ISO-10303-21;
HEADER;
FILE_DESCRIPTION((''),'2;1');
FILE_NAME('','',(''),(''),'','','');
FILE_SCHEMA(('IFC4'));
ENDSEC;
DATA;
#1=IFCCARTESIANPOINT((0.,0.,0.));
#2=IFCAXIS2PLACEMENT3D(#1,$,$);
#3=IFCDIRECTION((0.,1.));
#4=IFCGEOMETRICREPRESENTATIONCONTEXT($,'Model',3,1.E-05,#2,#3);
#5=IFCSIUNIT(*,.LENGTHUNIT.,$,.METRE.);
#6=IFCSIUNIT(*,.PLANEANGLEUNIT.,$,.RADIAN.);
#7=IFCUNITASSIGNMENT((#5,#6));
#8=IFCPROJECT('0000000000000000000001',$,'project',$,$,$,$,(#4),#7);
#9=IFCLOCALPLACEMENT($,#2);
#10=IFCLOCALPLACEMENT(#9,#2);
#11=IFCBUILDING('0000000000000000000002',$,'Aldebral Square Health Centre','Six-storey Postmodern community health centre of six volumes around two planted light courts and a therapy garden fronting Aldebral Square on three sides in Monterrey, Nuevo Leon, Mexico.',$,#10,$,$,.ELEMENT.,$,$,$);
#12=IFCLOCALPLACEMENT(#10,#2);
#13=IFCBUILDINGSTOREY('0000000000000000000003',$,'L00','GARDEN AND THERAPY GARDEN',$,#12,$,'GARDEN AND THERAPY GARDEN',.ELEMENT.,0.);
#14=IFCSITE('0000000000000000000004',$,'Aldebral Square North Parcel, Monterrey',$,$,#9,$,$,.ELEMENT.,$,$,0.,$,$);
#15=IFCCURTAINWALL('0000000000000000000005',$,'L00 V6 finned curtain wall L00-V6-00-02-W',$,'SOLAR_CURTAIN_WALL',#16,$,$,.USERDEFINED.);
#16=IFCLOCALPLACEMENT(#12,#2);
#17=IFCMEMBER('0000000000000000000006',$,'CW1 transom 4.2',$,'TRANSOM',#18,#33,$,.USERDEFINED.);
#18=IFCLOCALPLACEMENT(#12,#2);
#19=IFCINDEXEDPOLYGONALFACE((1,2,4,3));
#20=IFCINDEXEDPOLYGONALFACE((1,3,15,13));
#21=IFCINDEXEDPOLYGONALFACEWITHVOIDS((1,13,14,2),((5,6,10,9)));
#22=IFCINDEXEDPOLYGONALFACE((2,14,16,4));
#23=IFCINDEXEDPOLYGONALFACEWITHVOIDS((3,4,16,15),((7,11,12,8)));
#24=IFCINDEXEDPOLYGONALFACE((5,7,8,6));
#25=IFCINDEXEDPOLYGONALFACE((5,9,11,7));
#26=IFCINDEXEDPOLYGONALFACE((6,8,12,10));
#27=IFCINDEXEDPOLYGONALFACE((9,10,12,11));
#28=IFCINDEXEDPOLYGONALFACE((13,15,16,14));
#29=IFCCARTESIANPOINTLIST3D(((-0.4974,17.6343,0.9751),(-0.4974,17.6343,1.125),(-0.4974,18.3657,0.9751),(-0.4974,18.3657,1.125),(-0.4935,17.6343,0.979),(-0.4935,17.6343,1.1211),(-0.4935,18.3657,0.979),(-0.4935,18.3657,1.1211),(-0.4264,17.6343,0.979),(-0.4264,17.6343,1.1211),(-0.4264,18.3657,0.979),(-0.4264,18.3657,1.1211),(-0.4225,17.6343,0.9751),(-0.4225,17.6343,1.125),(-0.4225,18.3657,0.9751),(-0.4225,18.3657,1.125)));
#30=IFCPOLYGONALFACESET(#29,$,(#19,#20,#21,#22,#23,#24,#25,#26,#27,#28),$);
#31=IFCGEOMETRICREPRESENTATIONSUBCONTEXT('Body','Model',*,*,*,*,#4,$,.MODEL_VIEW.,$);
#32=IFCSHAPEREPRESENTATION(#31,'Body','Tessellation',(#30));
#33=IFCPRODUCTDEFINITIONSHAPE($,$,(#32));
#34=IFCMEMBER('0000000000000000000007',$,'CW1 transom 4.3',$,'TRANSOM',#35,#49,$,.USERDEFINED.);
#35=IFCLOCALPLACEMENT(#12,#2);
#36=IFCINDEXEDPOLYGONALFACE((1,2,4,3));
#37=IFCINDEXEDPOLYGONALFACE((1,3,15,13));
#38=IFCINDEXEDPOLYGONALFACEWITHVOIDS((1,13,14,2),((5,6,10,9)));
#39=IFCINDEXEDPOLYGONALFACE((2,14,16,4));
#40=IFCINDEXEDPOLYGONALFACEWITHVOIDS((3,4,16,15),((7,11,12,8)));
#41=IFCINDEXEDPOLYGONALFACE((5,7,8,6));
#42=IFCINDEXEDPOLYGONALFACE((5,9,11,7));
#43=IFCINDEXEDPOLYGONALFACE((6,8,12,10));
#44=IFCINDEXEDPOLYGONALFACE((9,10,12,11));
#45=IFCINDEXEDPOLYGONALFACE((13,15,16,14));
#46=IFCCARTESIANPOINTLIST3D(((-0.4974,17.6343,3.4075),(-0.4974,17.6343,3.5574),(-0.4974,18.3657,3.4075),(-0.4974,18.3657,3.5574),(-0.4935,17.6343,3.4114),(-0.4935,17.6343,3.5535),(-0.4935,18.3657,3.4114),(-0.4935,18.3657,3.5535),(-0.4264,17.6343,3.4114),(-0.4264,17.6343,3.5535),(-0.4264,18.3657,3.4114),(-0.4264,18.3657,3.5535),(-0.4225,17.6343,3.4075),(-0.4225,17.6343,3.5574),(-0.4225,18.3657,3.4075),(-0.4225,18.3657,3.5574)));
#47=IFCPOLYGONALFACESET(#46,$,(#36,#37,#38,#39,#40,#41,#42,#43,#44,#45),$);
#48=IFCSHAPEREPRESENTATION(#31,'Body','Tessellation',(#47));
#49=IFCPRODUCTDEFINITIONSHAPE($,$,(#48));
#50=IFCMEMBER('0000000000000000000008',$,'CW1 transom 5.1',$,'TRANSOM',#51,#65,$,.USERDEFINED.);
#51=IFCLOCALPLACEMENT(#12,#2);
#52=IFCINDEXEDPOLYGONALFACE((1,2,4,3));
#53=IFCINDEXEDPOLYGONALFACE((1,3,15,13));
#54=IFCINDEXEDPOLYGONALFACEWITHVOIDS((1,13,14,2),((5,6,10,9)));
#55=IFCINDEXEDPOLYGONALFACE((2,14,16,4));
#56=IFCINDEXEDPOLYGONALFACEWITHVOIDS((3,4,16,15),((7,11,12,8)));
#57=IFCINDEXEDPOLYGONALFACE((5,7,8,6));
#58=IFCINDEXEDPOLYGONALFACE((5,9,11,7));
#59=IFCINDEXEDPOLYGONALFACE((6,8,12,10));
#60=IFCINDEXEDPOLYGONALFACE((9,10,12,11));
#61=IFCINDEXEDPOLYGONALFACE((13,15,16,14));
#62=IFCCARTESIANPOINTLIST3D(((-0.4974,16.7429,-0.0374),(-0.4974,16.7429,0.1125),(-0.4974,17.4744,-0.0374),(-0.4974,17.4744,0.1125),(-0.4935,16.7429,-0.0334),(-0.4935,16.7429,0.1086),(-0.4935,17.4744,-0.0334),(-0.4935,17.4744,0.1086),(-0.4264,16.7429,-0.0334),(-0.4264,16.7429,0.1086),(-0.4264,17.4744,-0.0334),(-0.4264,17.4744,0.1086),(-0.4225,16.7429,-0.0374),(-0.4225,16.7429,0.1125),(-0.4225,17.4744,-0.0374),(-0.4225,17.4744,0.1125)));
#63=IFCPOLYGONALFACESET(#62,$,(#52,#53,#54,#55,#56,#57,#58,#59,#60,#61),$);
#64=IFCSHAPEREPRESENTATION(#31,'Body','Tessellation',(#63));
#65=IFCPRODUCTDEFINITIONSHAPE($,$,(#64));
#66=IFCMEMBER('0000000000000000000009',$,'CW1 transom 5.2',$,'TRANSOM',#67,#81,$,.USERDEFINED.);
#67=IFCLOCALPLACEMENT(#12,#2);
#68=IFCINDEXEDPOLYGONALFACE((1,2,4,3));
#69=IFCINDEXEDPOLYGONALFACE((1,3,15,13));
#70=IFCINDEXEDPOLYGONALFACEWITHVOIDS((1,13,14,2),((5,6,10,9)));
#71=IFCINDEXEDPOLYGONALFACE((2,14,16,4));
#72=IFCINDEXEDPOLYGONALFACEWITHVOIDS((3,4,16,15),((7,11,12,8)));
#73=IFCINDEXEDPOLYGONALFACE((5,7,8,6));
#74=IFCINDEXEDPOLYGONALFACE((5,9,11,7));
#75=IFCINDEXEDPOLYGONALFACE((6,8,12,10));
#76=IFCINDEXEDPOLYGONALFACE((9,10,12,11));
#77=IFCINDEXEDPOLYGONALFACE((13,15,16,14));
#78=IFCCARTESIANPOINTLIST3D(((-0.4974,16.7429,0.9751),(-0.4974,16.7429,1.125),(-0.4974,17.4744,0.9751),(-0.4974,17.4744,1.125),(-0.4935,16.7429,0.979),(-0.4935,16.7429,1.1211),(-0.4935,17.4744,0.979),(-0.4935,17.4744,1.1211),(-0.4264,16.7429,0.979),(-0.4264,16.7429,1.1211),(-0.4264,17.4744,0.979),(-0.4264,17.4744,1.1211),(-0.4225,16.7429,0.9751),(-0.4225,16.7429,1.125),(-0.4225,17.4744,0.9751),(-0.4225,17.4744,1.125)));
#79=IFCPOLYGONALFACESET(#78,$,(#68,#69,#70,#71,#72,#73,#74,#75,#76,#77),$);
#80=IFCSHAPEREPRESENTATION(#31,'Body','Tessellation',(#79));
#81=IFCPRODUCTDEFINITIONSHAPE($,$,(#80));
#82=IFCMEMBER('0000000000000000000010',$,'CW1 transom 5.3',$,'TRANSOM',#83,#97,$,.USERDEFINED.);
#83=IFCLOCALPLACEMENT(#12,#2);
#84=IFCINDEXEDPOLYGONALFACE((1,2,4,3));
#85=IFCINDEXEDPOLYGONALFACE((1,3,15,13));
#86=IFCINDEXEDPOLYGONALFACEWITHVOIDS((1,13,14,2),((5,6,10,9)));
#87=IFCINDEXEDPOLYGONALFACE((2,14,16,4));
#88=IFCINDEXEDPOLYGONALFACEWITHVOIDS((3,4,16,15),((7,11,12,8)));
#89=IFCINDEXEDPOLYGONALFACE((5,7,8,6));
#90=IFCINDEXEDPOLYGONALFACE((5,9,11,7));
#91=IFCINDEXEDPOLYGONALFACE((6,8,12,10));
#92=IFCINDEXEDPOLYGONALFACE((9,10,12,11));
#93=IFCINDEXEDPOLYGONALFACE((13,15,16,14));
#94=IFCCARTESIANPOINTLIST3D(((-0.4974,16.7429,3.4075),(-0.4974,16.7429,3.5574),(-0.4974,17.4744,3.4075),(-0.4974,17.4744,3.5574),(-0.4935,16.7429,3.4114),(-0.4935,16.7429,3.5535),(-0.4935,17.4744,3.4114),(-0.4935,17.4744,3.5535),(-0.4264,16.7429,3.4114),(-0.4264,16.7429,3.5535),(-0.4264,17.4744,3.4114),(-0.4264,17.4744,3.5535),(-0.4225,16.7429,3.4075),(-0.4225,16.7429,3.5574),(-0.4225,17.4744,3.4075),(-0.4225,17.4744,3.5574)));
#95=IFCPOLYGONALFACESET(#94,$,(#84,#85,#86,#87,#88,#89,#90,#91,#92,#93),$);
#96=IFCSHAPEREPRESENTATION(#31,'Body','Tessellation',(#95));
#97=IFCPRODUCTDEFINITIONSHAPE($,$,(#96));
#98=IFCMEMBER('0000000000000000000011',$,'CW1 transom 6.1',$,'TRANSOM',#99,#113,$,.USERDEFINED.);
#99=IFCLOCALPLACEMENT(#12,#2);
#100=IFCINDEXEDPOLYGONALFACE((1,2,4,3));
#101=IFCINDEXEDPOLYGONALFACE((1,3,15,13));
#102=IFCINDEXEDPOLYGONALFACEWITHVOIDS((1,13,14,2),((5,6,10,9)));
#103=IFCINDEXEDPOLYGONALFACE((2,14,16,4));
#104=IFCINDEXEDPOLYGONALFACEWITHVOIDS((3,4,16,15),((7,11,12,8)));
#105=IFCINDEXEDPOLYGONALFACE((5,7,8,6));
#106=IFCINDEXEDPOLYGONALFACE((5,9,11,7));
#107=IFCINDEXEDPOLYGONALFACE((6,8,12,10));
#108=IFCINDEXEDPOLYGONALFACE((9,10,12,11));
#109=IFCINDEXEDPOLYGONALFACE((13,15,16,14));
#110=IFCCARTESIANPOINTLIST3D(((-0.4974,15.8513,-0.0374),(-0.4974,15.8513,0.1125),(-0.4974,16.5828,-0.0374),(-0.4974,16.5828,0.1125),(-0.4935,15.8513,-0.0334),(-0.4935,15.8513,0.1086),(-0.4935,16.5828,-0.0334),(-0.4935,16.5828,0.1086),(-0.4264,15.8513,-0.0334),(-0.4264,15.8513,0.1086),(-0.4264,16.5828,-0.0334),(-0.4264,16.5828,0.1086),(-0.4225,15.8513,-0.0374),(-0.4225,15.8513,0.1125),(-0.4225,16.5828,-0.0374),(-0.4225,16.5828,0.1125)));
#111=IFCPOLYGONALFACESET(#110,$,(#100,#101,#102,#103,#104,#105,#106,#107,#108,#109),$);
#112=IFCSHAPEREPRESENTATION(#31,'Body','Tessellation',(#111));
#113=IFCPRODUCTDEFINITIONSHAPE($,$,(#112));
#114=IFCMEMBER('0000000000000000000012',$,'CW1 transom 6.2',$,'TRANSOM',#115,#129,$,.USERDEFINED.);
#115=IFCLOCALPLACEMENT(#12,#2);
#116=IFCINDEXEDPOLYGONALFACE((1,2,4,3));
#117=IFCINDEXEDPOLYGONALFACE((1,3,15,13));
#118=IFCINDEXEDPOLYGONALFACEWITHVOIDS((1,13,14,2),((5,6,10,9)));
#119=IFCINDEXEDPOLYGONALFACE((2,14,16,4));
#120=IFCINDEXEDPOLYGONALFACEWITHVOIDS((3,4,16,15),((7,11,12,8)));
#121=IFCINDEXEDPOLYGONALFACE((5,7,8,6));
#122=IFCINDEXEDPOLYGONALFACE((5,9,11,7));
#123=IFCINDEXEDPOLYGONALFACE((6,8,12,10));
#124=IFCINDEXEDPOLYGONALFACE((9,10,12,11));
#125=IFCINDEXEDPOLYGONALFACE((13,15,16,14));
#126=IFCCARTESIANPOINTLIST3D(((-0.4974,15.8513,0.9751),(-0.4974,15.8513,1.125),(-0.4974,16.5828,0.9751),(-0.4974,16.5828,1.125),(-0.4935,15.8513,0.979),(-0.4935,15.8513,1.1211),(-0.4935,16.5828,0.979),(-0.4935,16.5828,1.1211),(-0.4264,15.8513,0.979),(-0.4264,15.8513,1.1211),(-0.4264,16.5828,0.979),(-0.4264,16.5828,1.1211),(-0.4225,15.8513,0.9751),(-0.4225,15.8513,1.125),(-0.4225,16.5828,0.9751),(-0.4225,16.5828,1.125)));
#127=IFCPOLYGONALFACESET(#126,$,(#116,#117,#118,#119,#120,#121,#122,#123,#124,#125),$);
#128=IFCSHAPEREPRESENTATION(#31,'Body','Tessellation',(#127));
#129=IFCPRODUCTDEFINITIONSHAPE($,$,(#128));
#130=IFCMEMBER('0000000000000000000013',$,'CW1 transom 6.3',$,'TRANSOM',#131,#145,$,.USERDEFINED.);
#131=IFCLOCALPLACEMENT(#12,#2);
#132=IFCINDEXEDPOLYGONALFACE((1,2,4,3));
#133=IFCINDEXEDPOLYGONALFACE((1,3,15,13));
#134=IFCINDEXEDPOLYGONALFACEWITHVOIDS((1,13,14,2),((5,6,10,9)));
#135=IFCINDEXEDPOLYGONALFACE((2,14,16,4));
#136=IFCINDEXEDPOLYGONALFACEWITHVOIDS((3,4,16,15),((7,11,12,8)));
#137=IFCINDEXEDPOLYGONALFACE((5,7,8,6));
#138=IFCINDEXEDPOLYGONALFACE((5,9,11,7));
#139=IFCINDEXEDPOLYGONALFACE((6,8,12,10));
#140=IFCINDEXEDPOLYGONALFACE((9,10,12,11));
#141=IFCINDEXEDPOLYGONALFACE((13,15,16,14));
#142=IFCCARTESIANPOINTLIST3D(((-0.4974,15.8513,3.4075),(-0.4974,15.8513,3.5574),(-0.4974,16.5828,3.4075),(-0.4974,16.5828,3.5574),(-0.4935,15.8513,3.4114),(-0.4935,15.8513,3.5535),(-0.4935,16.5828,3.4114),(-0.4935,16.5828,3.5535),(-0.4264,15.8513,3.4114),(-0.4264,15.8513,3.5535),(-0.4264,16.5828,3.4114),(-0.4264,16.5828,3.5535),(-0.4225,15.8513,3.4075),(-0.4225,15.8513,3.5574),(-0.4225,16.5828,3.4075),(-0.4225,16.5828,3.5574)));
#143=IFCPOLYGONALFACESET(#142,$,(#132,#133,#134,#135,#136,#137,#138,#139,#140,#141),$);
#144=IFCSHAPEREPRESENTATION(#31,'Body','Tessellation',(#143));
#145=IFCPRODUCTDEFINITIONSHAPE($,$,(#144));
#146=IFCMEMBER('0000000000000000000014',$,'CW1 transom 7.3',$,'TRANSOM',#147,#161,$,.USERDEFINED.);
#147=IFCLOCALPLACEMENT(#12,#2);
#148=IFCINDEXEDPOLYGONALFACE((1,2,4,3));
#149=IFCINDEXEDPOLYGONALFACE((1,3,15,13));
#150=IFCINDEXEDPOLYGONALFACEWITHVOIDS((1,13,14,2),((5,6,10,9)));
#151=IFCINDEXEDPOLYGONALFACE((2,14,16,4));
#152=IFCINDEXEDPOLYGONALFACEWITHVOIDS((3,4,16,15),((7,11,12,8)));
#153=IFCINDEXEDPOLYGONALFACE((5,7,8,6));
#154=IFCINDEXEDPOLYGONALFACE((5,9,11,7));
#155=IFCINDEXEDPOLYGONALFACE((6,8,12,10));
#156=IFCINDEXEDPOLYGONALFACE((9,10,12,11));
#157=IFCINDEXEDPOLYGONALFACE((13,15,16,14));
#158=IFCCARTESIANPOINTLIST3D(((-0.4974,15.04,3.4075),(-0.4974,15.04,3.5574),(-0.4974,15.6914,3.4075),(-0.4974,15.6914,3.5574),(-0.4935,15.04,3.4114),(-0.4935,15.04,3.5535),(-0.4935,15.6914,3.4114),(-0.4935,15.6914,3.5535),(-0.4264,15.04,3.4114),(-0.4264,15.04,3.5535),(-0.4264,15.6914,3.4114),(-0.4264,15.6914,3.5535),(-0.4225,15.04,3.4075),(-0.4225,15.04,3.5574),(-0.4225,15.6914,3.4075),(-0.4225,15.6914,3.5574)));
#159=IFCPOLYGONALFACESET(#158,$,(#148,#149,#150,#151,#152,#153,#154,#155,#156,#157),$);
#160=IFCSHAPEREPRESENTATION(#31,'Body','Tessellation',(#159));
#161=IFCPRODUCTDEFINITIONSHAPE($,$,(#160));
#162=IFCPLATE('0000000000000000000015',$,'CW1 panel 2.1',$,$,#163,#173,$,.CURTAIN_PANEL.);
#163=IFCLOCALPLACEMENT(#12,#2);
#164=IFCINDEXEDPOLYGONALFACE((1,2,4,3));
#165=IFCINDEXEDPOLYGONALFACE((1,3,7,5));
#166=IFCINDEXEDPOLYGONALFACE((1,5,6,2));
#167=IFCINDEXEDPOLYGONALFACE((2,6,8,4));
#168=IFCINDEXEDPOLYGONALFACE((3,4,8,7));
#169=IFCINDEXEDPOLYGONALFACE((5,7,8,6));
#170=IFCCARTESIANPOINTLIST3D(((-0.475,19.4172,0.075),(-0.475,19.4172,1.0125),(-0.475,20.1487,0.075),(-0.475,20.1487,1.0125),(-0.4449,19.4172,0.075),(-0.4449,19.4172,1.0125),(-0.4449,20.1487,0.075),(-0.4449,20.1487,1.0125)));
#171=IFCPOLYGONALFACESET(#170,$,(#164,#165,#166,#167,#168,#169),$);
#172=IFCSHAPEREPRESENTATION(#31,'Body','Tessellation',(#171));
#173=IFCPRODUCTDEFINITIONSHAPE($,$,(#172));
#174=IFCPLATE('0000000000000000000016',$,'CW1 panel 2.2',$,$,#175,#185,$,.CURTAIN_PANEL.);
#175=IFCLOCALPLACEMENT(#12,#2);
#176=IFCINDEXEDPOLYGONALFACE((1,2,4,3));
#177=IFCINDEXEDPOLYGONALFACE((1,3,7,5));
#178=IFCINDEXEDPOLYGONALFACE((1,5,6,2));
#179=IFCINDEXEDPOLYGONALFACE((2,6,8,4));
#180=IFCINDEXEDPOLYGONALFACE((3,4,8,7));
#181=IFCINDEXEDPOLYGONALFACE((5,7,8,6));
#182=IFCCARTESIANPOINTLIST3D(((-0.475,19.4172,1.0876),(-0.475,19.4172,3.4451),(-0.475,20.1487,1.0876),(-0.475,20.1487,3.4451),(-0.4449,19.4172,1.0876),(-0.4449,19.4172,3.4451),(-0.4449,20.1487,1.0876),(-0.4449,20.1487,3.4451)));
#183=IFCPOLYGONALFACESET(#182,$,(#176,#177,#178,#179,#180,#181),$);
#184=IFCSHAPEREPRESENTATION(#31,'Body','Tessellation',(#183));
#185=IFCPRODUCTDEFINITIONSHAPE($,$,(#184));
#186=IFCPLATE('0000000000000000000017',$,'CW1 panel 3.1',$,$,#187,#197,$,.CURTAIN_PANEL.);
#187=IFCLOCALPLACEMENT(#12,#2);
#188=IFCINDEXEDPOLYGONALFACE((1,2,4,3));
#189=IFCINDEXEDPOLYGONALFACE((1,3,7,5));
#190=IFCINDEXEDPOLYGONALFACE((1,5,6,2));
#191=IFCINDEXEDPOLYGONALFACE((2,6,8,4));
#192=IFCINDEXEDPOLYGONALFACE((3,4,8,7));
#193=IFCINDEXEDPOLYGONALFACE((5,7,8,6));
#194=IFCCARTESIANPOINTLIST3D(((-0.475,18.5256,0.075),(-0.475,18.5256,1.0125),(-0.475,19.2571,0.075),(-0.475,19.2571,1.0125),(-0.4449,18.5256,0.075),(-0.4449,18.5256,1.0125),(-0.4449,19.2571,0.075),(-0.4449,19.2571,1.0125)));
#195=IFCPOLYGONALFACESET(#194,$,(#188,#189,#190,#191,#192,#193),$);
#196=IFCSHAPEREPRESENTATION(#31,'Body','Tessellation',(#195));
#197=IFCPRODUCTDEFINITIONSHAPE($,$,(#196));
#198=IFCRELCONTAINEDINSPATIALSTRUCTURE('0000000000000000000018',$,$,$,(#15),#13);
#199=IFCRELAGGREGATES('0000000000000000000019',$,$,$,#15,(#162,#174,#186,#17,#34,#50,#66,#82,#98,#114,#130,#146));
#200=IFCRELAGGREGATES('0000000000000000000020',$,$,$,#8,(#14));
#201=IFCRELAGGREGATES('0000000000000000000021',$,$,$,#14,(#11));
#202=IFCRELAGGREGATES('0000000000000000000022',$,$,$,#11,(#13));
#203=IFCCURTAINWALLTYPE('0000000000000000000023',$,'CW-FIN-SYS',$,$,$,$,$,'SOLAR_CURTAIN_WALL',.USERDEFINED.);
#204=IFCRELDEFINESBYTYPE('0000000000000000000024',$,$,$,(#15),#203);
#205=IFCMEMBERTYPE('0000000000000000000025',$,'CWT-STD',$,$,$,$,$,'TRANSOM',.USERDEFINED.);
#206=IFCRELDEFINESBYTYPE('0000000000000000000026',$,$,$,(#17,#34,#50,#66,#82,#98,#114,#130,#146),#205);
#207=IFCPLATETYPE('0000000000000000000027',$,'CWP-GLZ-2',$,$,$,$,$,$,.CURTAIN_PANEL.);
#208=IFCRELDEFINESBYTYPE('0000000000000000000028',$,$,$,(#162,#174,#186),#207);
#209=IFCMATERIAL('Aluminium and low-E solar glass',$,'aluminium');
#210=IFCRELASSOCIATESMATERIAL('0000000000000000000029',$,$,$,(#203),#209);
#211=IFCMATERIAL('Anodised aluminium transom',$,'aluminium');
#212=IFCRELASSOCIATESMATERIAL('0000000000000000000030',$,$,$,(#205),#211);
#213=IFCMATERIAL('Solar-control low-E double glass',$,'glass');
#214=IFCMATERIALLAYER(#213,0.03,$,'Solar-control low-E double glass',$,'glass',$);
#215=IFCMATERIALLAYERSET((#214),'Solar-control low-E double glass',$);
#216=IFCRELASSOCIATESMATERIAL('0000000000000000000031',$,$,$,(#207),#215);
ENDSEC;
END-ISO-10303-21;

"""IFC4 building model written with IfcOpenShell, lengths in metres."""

from ifc_helpers import new_model, si_unit, direction, frame, origin, origin_2d, place, context, subcontext, project, spatial, rectangle, hollow_rectangle, extrude, material, layer, layer_set, material_profile, profile_set, type_object, element, aggregate, save


model = new_model("IFC4")

# Units and contexts
model_context = context("Model", 3, precision=1e-05, world=origin(), true_north=direction((0.0, 1.0)))
body_context = subcontext(model_context, "Body", "Model", "MODEL_VIEW")
ifc_project = project(units=[si_unit("LENGTHUNIT", "METRE"), si_unit("PLANEANGLEUNIT", "RADIAN")], contexts=[model_context])

# Site, building, storey
site_placement = place(None, origin())
site = spatial("IfcSite", under=ifc_project, at=site_placement, Name="Aldebral Square North Parcel, Monterrey", CompositionType="ELEMENT", RefElevation=0.0)
building_placement = place(site_placement, origin())
building = spatial("IfcBuilding", under=site, at=building_placement, Name="Aldebral Square Health Centre", Description="Six-storey Postmodern community health centre of six volumes around two planted light courts and a therapy garden fronting Aldebral Square on three sides in Monterrey, Nuevo Leon, Mexico.", CompositionType="ELEMENT")
storey_placement = place(building_placement, origin())
storey = spatial("IfcBuildingStorey", under=building, at=storey_placement, Name="L00", Description="GARDEN AND THERAPY GARDEN", LongName="GARDEN AND THERAPY GARDEN", CompositionType="ELEMENT", Elevation=0.0)

# Curtain wall, members, plates
ifc_material_1 = material(Name="Aluminium and low-E solar glass", Category="aluminium")
curtain_wall_type = type_object("IfcCurtainWallType", Name="CW-FIN-SYS", ElementType="SOLAR_CURTAIN_WALL", PredefinedType="USERDEFINED", material=ifc_material_1)
curtain_wall_placement = place(storey_placement, origin())
curtain_wall = element("IfcCurtainWall", 1, at=curtain_wall_placement, inside=storey, type_object=curtain_wall_type, Name="L00 V6 finned curtain wall L00-V6-00-02-W", ObjectType="SOLAR_CURTAIN_WALL", PredefinedType="USERDEFINED")
ifc_material_2 = material(Name="Anodised aluminium transom", Category="aluminium")
ifc_material_profile_1 = material_profile(ifc_material_2, hollow_rectangle(XDim=0.075, YDim=0.1499, WallThickness=0.0039, at=origin_2d()), Name="CWT 75x150x4")
ifc_profile_set_1 = profile_set([ifc_material_profile_1], Name="Anodised aluminium transom")
member_type_1 = type_object("IfcMemberType", Name="CWT-STD", ElementType="TRANSOM", PredefinedType="USERDEFINED", material=ifc_profile_set_1)
member_1_placement = place(storey_placement, frame((-0.46, 18.3657, 1.05), z_axis=(0.0, -1.0, 0.0), x_axis=(1.0, 0.0, 0.0)))
member_1 = element("IfcMember", 2, at=member_1_placement, type_object=member_type_1, Name="CW1 transom 4.2", ObjectType="TRANSOM", PredefinedType="USERDEFINED", context=body_context, shape_type="SweptSolid", body=[
    extrude(hollow_rectangle(XDim=0.075, YDim=0.1499, WallThickness=0.0039, at=origin_2d()), origin(), (0.0, 0.0, 1.0), 0.7314),
])
member_2_placement = place(storey_placement, frame((-0.46, 18.3657, 3.4824), z_axis=(0.0, -1.0, 0.0), x_axis=(1.0, 0.0, 0.0)))
member_2 = element("IfcMember", 3, at=member_2_placement, type_object=member_type_1, Name="CW1 transom 4.3", ObjectType="TRANSOM", PredefinedType="USERDEFINED", context=body_context, shape_type="SweptSolid", body=[
    extrude(hollow_rectangle(XDim=0.075, YDim=0.1499, WallThickness=0.0039, at=origin_2d()), origin(), (0.0, 0.0, 1.0), 0.7314),
])
member_3_placement = place(storey_placement, frame((-0.46, 17.4744, 0.0376), z_axis=(0.0, -1.0, 0.0), x_axis=(1.0, 0.0, 0.0)))
member_3 = element("IfcMember", 4, at=member_3_placement, type_object=member_type_1, Name="CW1 transom 5.1", ObjectType="TRANSOM", PredefinedType="USERDEFINED", context=body_context, shape_type="SweptSolid", body=[
    extrude(hollow_rectangle(XDim=0.075, YDim=0.1499, WallThickness=0.0039, at=origin_2d()), origin(), (0.0, 0.0, 1.0), 0.7314),
])
member_4_placement = place(storey_placement, frame((-0.46, 17.4744, 1.05), z_axis=(0.0, -1.0, 0.0), x_axis=(1.0, 0.0, 0.0)))
member_4 = element("IfcMember", 5, at=member_4_placement, type_object=member_type_1, Name="CW1 transom 5.2", ObjectType="TRANSOM", PredefinedType="USERDEFINED", context=body_context, shape_type="SweptSolid", body=[
    extrude(hollow_rectangle(XDim=0.075, YDim=0.1499, WallThickness=0.0039, at=origin_2d()), origin(), (0.0, 0.0, 1.0), 0.7314),
])
member_5_placement = place(storey_placement, frame((-0.46, 17.4744, 3.4824), z_axis=(0.0, -1.0, 0.0), x_axis=(1.0, 0.0, 0.0)))
member_5 = element("IfcMember", 6, at=member_5_placement, type_object=member_type_1, Name="CW1 transom 5.3", ObjectType="TRANSOM", PredefinedType="USERDEFINED", context=body_context, shape_type="SweptSolid", body=[
    extrude(hollow_rectangle(XDim=0.075, YDim=0.1499, WallThickness=0.0039, at=origin_2d()), origin(), (0.0, 0.0, 1.0), 0.7314),
])
member_6_placement = place(storey_placement, frame((-0.46, 16.5828, 0.0376), z_axis=(0.0, -1.0, 0.0), x_axis=(1.0, 0.0, 0.0)))
member_6 = element("IfcMember", 7, at=member_6_placement, type_object=member_type_1, Name="CW1 transom 6.1", ObjectType="TRANSOM", PredefinedType="USERDEFINED", context=body_context, shape_type="SweptSolid", body=[
    extrude(hollow_rectangle(XDim=0.075, YDim=0.1499, WallThickness=0.0039, at=origin_2d()), origin(), (0.0, 0.0, 1.0), 0.7314),
])
member_7_placement = place(storey_placement, frame((-0.46, 16.5828, 1.05), z_axis=(0.0, -1.0, 0.0), x_axis=(1.0, 0.0, 0.0)))
member_7 = element("IfcMember", 8, at=member_7_placement, type_object=member_type_1, Name="CW1 transom 6.2", ObjectType="TRANSOM", PredefinedType="USERDEFINED", context=body_context, shape_type="SweptSolid", body=[
    extrude(hollow_rectangle(XDim=0.075, YDim=0.1499, WallThickness=0.0039, at=origin_2d()), origin(), (0.0, 0.0, 1.0), 0.7314),
])
member_8_placement = place(storey_placement, frame((-0.46, 16.5828, 3.4824), z_axis=(0.0, -1.0, 0.0), x_axis=(1.0, 0.0, 0.0)))
member_8 = element("IfcMember", 9, at=member_8_placement, type_object=member_type_1, Name="CW1 transom 6.3", ObjectType="TRANSOM", PredefinedType="USERDEFINED", context=body_context, shape_type="SweptSolid", body=[
    extrude(hollow_rectangle(XDim=0.075, YDim=0.1499, WallThickness=0.0039, at=origin_2d()), origin(), (0.0, 0.0, 1.0), 0.7314),
])
member_9_placement = place(storey_placement, frame((-0.46, 15.6914, 3.4824), z_axis=(0.0, -1.0, 0.0), x_axis=(1.0, 0.0, 0.0)))
member_9 = element("IfcMember", 10, at=member_9_placement, type_object=member_type_1, Name="CW1 transom 7.3", ObjectType="TRANSOM", PredefinedType="USERDEFINED", context=body_context, shape_type="SweptSolid", body=[
    extrude(hollow_rectangle(XDim=0.075, YDim=0.1499, WallThickness=0.0039, at=origin_2d()), origin(), (0.0, 0.0, 1.0), 0.6514),
])
ifc_material_3 = material(Name="Solar-control low-E double glass", Category="glass")
ifc_layer = layer(ifc_material_3, 0.03, Name="Solar-control low-E double glass", Category="glass")
ifc_layer_set = layer_set([ifc_layer], Name="Solar-control low-E double glass")
plate_type = type_object("IfcPlateType", Name="CWP-GLZ-2", PredefinedType="CURTAIN_PANEL", material=ifc_layer_set)
plate_1_placement = place(storey_placement, frame((-0.46, 19.783, 0.075), z_axis=(0.0, 0.0, 1.0), x_axis=(0.0, -1.0, 0.0)))
plate_1 = element("IfcPlate", 11, at=plate_1_placement, type_object=plate_type, Name="CW1 panel 2.1", PredefinedType="CURTAIN_PANEL", context=body_context, shape_type="SweptSolid", body=[
    extrude(rectangle(XDim=0.7314, YDim=0.03, at=origin_2d()), origin(), (0.0, 0.0, 1.0), 0.9375),
])
plate_2_placement = place(storey_placement, frame((-0.46, 19.783, 1.0876), z_axis=(0.0, 0.0, 1.0), x_axis=(0.0, -1.0, 0.0)))
plate_2 = element("IfcPlate", 12, at=plate_2_placement, type_object=plate_type, Name="CW1 panel 2.2", PredefinedType="CURTAIN_PANEL", context=body_context, shape_type="SweptSolid", body=[
    extrude(rectangle(XDim=0.7314, YDim=0.03, at=origin_2d()), origin(), (0.0, 0.0, 1.0), 2.3574),
])
plate_3_placement = place(storey_placement, frame((-0.46, 18.8914, 0.075), z_axis=(0.0, 0.0, 1.0), x_axis=(0.0, -1.0, 0.0)))
plate_3 = element("IfcPlate", 13, at=plate_3_placement, type_object=plate_type, Name="CW1 panel 3.1", PredefinedType="CURTAIN_PANEL", context=body_context, shape_type="SweptSolid", body=[
    extrude(rectangle(XDim=0.7314, YDim=0.03, at=origin_2d()), origin(), (0.0, 0.0, 1.0), 0.9375),
])
aggregate(curtain_wall, [plate_1, plate_2, plate_3, member_1, member_2, member_3, member_4, member_5, member_6, member_7, member_8, member_9])

save(model, "model.ifc")
